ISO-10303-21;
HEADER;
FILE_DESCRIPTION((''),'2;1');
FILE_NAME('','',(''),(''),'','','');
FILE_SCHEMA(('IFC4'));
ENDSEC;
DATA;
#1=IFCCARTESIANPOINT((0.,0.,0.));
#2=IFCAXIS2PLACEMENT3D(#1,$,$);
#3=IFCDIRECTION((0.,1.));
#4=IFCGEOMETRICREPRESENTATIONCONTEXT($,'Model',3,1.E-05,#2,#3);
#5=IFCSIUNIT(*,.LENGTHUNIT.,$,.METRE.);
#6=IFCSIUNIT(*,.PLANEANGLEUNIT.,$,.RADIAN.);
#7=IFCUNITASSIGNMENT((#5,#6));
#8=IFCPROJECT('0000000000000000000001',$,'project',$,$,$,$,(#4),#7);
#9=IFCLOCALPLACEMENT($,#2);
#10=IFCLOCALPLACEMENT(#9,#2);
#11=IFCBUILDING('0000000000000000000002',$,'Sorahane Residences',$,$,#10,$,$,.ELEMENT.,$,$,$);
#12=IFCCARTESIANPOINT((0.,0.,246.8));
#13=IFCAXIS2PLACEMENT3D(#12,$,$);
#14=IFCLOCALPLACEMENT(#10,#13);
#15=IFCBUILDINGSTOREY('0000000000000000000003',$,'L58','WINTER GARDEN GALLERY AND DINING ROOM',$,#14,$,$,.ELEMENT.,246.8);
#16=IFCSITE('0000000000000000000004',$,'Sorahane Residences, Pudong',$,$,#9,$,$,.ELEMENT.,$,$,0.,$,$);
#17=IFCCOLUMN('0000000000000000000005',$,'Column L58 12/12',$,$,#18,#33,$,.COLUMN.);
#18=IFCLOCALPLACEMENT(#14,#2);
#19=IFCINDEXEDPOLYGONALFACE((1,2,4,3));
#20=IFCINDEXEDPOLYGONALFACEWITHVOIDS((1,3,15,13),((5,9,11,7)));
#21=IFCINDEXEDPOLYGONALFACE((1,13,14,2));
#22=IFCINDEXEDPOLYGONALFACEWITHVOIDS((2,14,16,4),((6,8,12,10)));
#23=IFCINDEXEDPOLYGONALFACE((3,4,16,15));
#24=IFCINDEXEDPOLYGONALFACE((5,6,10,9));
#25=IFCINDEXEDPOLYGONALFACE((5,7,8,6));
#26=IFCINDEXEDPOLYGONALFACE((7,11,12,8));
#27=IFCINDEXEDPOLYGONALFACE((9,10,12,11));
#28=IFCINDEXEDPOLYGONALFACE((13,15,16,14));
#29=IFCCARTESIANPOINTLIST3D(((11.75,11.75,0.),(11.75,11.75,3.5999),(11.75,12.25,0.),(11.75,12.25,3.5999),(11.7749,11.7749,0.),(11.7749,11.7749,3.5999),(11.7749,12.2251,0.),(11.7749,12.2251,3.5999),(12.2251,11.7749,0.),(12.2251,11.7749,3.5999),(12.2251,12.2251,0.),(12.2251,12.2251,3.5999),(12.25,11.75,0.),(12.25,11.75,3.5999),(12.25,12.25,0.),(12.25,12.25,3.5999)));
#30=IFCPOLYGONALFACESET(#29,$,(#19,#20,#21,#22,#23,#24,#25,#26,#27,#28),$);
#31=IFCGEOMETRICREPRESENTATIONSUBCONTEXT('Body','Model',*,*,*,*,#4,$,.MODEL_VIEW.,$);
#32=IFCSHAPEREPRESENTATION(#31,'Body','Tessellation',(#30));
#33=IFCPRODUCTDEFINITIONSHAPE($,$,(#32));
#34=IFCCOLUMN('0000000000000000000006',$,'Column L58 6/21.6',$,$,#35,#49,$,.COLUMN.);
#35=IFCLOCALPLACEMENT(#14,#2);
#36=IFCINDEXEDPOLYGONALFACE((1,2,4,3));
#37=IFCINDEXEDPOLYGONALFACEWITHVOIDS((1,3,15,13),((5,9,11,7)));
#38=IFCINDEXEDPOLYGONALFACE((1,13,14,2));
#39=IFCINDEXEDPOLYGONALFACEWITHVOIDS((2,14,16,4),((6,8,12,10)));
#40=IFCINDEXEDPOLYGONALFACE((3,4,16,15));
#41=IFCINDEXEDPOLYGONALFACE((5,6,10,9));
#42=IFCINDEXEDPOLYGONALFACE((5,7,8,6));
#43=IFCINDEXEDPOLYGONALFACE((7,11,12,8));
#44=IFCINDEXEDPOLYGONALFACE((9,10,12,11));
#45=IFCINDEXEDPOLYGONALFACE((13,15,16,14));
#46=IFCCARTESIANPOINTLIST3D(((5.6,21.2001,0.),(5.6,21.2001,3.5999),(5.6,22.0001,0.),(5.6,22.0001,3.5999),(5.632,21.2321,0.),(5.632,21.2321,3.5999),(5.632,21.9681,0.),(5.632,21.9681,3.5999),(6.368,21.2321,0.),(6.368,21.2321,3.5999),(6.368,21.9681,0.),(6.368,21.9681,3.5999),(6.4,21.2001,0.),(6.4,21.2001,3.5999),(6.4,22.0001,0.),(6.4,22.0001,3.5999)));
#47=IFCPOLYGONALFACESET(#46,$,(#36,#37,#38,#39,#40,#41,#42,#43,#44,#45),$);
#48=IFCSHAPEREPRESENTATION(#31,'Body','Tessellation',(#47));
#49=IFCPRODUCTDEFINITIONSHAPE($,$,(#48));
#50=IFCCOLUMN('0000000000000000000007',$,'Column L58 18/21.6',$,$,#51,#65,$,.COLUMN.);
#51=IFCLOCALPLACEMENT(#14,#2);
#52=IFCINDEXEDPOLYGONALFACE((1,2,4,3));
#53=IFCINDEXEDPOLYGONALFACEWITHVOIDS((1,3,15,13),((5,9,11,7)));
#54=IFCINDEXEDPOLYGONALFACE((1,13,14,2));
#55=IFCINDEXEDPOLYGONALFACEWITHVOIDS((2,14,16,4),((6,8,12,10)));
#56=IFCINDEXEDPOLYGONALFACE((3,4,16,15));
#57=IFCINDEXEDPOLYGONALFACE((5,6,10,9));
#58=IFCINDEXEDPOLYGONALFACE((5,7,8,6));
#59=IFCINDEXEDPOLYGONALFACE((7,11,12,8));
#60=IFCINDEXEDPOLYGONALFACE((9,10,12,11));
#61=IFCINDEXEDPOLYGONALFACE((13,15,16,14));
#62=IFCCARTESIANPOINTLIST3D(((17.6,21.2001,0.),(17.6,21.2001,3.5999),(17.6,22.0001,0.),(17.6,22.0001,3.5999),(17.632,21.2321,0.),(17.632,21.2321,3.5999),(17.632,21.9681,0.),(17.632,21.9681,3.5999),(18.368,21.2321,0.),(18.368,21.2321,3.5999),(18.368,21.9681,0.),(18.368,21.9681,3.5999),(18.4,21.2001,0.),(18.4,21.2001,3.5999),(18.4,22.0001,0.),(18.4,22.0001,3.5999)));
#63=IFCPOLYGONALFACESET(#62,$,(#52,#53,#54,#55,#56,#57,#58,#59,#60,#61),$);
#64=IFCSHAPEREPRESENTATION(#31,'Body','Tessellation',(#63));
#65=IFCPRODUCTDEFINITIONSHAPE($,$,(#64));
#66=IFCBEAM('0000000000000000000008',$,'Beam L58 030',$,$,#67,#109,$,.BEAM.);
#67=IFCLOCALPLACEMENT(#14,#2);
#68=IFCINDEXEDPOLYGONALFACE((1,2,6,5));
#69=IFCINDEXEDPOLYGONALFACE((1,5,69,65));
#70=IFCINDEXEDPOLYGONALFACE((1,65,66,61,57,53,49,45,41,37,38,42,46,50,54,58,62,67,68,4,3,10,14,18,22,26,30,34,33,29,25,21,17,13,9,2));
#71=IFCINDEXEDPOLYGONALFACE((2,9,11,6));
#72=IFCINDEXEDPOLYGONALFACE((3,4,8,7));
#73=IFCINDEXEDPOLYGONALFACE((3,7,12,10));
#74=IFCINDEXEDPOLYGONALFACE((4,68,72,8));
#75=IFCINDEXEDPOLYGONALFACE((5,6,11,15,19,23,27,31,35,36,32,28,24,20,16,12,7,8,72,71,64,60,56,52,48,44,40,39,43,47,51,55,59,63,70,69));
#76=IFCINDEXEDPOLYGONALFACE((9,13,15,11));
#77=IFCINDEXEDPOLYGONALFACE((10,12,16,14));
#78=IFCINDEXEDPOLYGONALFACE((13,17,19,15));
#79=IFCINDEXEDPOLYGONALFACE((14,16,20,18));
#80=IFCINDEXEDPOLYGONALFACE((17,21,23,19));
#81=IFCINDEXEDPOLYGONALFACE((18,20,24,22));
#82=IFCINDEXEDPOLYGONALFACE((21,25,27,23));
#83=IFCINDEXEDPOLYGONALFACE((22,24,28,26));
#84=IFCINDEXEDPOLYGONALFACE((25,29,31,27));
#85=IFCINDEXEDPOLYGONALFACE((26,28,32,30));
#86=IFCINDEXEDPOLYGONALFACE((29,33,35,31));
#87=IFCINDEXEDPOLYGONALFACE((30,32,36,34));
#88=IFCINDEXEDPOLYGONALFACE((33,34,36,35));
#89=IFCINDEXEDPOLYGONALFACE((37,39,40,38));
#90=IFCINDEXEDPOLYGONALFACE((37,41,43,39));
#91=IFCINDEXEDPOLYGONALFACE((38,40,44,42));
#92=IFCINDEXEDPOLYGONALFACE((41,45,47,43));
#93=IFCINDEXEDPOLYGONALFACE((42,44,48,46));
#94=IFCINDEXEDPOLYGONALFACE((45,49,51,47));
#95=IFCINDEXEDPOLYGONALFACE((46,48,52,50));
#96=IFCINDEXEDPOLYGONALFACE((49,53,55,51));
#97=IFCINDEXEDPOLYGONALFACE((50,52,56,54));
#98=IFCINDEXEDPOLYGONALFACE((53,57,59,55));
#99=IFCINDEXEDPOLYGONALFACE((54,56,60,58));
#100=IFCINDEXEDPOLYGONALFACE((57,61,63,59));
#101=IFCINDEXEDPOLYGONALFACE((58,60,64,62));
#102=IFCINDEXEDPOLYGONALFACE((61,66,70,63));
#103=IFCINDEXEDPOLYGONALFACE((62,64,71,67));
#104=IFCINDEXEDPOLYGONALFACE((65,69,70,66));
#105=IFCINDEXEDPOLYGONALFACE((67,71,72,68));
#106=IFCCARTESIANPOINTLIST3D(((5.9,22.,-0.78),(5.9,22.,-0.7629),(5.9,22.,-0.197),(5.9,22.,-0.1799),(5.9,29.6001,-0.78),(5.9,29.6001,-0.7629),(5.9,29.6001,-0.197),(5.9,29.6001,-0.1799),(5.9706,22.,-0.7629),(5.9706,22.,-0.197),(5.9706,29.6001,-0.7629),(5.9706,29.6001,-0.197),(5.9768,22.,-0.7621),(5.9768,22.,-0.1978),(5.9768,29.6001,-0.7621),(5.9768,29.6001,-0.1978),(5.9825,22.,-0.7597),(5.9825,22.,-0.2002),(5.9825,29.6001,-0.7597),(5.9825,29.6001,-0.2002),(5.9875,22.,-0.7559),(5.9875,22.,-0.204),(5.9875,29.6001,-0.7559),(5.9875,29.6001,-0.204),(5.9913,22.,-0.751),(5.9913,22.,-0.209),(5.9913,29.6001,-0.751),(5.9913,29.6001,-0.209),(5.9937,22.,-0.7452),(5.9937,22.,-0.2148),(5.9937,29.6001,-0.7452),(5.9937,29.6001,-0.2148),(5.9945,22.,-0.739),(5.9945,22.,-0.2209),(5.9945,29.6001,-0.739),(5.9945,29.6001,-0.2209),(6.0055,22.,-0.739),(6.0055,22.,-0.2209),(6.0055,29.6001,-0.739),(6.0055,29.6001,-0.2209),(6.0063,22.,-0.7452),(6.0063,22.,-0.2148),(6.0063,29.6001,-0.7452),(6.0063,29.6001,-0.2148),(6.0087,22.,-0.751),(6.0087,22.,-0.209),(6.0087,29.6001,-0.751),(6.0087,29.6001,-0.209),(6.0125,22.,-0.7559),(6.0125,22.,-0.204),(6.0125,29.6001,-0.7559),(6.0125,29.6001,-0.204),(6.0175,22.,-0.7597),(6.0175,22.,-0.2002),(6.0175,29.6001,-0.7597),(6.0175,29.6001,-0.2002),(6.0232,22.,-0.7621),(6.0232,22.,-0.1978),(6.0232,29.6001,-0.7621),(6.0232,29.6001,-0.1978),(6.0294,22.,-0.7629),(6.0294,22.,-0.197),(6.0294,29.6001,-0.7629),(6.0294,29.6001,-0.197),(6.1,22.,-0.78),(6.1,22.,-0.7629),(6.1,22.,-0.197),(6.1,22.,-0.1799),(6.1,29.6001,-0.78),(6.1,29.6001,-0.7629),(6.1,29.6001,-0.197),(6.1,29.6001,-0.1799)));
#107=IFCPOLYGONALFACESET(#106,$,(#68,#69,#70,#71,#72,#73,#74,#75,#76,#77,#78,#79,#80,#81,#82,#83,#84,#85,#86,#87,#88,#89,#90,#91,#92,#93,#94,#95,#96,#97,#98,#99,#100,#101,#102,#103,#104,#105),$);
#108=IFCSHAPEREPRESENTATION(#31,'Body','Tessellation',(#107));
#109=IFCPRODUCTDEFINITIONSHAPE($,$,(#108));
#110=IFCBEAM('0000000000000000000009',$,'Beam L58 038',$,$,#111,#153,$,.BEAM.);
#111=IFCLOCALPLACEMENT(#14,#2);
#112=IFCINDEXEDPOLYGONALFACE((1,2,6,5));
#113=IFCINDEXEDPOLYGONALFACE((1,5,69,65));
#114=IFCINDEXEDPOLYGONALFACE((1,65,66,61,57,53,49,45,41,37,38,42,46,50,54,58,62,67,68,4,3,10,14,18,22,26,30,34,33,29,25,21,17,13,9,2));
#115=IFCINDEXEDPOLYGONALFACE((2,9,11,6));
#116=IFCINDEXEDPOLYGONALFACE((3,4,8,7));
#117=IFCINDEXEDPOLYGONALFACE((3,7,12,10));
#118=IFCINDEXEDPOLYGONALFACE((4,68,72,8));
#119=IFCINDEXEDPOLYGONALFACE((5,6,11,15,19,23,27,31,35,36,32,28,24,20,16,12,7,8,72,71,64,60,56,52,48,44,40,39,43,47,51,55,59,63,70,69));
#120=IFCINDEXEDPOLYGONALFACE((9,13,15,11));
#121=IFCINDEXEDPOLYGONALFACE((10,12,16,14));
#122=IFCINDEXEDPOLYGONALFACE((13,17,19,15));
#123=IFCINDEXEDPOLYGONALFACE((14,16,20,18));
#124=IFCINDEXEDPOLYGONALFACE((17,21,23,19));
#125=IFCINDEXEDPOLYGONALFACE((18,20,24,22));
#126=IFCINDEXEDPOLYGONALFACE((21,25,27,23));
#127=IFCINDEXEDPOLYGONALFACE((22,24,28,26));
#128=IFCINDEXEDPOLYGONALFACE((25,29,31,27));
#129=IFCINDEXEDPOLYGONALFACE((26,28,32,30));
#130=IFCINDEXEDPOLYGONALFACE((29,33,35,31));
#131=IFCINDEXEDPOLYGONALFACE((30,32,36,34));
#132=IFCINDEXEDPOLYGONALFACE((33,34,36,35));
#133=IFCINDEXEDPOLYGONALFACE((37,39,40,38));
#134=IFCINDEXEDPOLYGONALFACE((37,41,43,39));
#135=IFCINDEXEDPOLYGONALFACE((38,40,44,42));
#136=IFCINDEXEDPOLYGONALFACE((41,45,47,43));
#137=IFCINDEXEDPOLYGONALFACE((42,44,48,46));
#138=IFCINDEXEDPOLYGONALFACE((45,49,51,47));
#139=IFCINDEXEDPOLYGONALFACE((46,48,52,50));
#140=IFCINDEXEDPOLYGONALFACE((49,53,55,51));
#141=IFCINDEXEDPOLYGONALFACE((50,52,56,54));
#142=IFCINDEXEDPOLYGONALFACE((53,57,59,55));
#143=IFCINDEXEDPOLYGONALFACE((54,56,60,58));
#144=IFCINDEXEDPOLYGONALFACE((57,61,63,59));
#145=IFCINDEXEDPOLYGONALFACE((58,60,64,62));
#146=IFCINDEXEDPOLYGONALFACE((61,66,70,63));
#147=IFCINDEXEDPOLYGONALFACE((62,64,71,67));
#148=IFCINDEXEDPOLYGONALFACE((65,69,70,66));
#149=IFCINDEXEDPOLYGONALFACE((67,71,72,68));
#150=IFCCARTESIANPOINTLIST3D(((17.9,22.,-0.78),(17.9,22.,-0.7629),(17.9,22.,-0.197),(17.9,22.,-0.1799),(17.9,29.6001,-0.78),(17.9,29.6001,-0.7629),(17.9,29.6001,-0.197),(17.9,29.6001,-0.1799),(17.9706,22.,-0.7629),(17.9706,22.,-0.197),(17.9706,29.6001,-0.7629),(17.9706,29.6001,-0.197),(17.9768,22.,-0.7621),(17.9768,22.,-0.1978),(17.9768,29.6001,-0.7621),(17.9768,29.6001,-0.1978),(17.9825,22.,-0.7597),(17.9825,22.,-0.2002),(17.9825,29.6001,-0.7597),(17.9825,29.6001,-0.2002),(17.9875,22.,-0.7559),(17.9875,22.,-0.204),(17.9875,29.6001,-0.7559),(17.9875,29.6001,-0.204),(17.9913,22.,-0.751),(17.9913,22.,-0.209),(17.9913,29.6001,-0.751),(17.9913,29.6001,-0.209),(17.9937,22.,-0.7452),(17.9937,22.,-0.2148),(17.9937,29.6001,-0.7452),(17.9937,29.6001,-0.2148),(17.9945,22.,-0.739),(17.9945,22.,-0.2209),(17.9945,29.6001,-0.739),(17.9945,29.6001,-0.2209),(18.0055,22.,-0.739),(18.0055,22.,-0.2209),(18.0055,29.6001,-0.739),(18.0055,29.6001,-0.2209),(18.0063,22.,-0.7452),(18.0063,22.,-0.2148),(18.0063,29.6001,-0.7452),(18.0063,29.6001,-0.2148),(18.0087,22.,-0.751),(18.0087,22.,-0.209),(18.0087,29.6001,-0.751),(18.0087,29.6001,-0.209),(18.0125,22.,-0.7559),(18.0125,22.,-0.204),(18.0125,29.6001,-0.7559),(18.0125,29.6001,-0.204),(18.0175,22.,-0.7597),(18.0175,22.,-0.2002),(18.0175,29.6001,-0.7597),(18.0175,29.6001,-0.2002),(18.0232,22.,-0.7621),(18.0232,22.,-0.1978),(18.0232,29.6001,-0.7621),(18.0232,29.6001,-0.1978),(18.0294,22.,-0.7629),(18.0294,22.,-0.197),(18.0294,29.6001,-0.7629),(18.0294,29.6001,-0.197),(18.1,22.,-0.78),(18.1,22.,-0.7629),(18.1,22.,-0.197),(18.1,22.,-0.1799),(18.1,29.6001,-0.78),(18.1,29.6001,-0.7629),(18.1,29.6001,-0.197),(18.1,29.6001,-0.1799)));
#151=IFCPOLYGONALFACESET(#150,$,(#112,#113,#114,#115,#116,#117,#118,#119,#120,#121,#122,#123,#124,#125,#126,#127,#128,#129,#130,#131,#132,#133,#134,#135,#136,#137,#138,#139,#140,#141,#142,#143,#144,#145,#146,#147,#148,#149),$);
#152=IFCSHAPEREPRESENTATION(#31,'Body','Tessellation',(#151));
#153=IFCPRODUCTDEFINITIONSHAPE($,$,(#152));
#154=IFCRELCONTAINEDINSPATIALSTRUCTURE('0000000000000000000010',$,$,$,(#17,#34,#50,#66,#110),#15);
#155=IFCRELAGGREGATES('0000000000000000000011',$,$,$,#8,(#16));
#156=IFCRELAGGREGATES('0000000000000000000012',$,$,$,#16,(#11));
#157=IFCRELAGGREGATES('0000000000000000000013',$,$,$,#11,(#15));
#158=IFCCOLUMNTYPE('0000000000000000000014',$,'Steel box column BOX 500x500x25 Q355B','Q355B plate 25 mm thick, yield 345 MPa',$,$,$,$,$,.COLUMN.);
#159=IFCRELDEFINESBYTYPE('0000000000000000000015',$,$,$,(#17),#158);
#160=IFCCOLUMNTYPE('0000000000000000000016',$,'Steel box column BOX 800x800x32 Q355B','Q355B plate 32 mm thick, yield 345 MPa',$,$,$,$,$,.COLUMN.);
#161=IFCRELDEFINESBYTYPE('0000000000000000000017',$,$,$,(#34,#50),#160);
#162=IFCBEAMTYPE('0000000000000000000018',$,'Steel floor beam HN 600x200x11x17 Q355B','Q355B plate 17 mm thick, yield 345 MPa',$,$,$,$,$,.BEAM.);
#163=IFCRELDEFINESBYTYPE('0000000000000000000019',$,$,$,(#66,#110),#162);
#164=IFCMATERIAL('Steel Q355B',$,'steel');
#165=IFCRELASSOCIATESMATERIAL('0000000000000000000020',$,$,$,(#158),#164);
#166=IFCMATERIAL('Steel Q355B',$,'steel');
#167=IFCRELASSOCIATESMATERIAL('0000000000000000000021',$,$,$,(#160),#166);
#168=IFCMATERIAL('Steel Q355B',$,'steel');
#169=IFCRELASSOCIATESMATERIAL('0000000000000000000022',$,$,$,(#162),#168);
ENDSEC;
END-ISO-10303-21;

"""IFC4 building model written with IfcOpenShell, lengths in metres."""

from ifc_helpers import new_model, si_unit, direction, frame, origin, origin_2d, place, context, subcontext, project, spatial, hollow_rectangle, i_section, extrude, material, material_profile, profile_set, type_object, element, save


model = new_model("IFC4")

# Units and contexts
model_context = context("Model", 3, precision=1e-05, world=origin(), true_north=direction((0.0, 1.0)))
body_context = subcontext(model_context, "Body", "Model", "MODEL_VIEW")
ifc_project = project(units=[si_unit("LENGTHUNIT", "METRE"), si_unit("PLANEANGLEUNIT", "RADIAN")], contexts=[model_context])

# Site, building, storey
site_placement = place(None, origin())
site = spatial("IfcSite", under=ifc_project, at=site_placement, Name="Sorahane Residences, Pudong", CompositionType="ELEMENT", RefElevation=0.0)
building_placement = place(site_placement, origin())
building = spatial("IfcBuilding", under=site, at=building_placement, Name="Sorahane Residences", CompositionType="ELEMENT")
storey_placement = place(building_placement, frame((0.0, 0.0, 246.8)))
storey = spatial("IfcBuildingStorey", under=building, at=storey_placement, Name="L58", Description="WINTER GARDEN GALLERY AND DINING ROOM", CompositionType="ELEMENT", Elevation=246.8)

# Columns
ifc_material_1 = material(Name="Steel Q355B", Category="steel")
ifc_material_profile_1 = material_profile(ifc_material_1, hollow_rectangle(XDim=0.5, YDim=0.5, WallThickness=0.0249, at=origin_2d()), Name="BOX 500x500x25")
ifc_profile_set_1 = profile_set([ifc_material_profile_1], Name="Steel Q355B")
column_type_1 = type_object("IfcColumnType", Name="Steel box column BOX 500x500x25 Q355B", Description="Q355B plate 25 mm thick, yield 345 MPa", PredefinedType="COLUMN", material=ifc_profile_set_1)
column_placement = place(storey_placement, frame((12.0, 12.0, 0.0), z_axis=(0.0, 0.0, 1.0), x_axis=(1.0, 0.0, 0.0)))
element("IfcColumn", 1, at=column_placement, inside=storey, type_object=column_type_1, Name="Column L58 12/12", PredefinedType="COLUMN", context=body_context, shape_type="SweptSolid", body=[
    extrude(hollow_rectangle(XDim=0.5, YDim=0.5, WallThickness=0.0249, at=origin_2d()), origin(), (0.0, 0.0, 1.0), 3.5999),
])
ifc_material_2 = material(Name="Steel Q355B", Category="steel")
ifc_material_profile_2 = material_profile(ifc_material_2, hollow_rectangle(XDim=0.8, YDim=0.8, WallThickness=0.032, at=origin_2d()), Name="BOX 800x800x32")
ifc_profile_set_2 = profile_set([ifc_material_profile_2], Name="Steel Q355B")
column_type_2 = type_object("IfcColumnType", Name="Steel box column BOX 800x800x32 Q355B", Description="Q355B plate 32 mm thick, yield 345 MPa", PredefinedType="COLUMN", material=ifc_profile_set_2)
for number, where, z_axis, x_axis, name in (
    (2, (6.0, 21.6001, 0.0), (0.0, 0.0, 1.0), (1.0, 0.0, 0.0), "Column L58 6/21.6"),
    (3, (18.0, 21.6001, 0.0), (0.0, 0.0, 1.0), (1.0, 0.0, 0.0), "Column L58 18/21.6"),
):
    element("IfcColumn", number, at=place(storey_placement, frame(where, z_axis=z_axis, x_axis=x_axis)), inside=storey, type_object=column_type_2, Name=name, PredefinedType="COLUMN", context=body_context, shape_type="SweptSolid", body=[
        extrude(hollow_rectangle(XDim=0.8, YDim=0.8, WallThickness=0.032, at=origin_2d()), origin(), (0.0, 0.0, 1.0), 3.5999),
    ])

# Beams
ifc_material_3 = material(Name="Steel Q355B", Category="steel")
ifc_material_profile_3 = material_profile(ifc_material_3, i_section(OverallWidth=0.2, OverallDepth=0.6001, WebThickness=0.011, FlangeThickness=0.0171, FilletRadius=0.0239, at=origin_2d()), Name="HN 600x200x11x17")
ifc_profile_set_3 = profile_set([ifc_material_profile_3], Name="Steel Q355B")
beam_type_1 = type_object("IfcBeamType", Name="Steel floor beam HN 600x200x11x17 Q355B", Description="Q355B plate 17 mm thick, yield 345 MPa", PredefinedType="BEAM", material=ifc_profile_set_3)
for number, where, z_axis, x_axis, name in (
    (4, (6.0, 22.0, -0.48), (0.0, 1.0, 0.0), (-1.0, 0.0, 0.0), "Beam L58 030"),
    (5, (18.0, 22.0, -0.48), (0.0, 1.0, 0.0), (-1.0, 0.0, 0.0), "Beam L58 038"),
):
    element("IfcBeam", number, at=place(storey_placement, frame(where, z_axis=z_axis, x_axis=x_axis)), inside=storey, type_object=beam_type_1, Name=name, PredefinedType="BEAM", context=body_context, shape_type="SweptSolid", body=[
        extrude(i_section(OverallWidth=0.2, OverallDepth=0.6001, WebThickness=0.011, FlangeThickness=0.0171, FilletRadius=0.0239, at=origin_2d()), origin(), (0.0, 0.0, 1.0), 7.6001),
    ])

save(model, "model.ifc")
